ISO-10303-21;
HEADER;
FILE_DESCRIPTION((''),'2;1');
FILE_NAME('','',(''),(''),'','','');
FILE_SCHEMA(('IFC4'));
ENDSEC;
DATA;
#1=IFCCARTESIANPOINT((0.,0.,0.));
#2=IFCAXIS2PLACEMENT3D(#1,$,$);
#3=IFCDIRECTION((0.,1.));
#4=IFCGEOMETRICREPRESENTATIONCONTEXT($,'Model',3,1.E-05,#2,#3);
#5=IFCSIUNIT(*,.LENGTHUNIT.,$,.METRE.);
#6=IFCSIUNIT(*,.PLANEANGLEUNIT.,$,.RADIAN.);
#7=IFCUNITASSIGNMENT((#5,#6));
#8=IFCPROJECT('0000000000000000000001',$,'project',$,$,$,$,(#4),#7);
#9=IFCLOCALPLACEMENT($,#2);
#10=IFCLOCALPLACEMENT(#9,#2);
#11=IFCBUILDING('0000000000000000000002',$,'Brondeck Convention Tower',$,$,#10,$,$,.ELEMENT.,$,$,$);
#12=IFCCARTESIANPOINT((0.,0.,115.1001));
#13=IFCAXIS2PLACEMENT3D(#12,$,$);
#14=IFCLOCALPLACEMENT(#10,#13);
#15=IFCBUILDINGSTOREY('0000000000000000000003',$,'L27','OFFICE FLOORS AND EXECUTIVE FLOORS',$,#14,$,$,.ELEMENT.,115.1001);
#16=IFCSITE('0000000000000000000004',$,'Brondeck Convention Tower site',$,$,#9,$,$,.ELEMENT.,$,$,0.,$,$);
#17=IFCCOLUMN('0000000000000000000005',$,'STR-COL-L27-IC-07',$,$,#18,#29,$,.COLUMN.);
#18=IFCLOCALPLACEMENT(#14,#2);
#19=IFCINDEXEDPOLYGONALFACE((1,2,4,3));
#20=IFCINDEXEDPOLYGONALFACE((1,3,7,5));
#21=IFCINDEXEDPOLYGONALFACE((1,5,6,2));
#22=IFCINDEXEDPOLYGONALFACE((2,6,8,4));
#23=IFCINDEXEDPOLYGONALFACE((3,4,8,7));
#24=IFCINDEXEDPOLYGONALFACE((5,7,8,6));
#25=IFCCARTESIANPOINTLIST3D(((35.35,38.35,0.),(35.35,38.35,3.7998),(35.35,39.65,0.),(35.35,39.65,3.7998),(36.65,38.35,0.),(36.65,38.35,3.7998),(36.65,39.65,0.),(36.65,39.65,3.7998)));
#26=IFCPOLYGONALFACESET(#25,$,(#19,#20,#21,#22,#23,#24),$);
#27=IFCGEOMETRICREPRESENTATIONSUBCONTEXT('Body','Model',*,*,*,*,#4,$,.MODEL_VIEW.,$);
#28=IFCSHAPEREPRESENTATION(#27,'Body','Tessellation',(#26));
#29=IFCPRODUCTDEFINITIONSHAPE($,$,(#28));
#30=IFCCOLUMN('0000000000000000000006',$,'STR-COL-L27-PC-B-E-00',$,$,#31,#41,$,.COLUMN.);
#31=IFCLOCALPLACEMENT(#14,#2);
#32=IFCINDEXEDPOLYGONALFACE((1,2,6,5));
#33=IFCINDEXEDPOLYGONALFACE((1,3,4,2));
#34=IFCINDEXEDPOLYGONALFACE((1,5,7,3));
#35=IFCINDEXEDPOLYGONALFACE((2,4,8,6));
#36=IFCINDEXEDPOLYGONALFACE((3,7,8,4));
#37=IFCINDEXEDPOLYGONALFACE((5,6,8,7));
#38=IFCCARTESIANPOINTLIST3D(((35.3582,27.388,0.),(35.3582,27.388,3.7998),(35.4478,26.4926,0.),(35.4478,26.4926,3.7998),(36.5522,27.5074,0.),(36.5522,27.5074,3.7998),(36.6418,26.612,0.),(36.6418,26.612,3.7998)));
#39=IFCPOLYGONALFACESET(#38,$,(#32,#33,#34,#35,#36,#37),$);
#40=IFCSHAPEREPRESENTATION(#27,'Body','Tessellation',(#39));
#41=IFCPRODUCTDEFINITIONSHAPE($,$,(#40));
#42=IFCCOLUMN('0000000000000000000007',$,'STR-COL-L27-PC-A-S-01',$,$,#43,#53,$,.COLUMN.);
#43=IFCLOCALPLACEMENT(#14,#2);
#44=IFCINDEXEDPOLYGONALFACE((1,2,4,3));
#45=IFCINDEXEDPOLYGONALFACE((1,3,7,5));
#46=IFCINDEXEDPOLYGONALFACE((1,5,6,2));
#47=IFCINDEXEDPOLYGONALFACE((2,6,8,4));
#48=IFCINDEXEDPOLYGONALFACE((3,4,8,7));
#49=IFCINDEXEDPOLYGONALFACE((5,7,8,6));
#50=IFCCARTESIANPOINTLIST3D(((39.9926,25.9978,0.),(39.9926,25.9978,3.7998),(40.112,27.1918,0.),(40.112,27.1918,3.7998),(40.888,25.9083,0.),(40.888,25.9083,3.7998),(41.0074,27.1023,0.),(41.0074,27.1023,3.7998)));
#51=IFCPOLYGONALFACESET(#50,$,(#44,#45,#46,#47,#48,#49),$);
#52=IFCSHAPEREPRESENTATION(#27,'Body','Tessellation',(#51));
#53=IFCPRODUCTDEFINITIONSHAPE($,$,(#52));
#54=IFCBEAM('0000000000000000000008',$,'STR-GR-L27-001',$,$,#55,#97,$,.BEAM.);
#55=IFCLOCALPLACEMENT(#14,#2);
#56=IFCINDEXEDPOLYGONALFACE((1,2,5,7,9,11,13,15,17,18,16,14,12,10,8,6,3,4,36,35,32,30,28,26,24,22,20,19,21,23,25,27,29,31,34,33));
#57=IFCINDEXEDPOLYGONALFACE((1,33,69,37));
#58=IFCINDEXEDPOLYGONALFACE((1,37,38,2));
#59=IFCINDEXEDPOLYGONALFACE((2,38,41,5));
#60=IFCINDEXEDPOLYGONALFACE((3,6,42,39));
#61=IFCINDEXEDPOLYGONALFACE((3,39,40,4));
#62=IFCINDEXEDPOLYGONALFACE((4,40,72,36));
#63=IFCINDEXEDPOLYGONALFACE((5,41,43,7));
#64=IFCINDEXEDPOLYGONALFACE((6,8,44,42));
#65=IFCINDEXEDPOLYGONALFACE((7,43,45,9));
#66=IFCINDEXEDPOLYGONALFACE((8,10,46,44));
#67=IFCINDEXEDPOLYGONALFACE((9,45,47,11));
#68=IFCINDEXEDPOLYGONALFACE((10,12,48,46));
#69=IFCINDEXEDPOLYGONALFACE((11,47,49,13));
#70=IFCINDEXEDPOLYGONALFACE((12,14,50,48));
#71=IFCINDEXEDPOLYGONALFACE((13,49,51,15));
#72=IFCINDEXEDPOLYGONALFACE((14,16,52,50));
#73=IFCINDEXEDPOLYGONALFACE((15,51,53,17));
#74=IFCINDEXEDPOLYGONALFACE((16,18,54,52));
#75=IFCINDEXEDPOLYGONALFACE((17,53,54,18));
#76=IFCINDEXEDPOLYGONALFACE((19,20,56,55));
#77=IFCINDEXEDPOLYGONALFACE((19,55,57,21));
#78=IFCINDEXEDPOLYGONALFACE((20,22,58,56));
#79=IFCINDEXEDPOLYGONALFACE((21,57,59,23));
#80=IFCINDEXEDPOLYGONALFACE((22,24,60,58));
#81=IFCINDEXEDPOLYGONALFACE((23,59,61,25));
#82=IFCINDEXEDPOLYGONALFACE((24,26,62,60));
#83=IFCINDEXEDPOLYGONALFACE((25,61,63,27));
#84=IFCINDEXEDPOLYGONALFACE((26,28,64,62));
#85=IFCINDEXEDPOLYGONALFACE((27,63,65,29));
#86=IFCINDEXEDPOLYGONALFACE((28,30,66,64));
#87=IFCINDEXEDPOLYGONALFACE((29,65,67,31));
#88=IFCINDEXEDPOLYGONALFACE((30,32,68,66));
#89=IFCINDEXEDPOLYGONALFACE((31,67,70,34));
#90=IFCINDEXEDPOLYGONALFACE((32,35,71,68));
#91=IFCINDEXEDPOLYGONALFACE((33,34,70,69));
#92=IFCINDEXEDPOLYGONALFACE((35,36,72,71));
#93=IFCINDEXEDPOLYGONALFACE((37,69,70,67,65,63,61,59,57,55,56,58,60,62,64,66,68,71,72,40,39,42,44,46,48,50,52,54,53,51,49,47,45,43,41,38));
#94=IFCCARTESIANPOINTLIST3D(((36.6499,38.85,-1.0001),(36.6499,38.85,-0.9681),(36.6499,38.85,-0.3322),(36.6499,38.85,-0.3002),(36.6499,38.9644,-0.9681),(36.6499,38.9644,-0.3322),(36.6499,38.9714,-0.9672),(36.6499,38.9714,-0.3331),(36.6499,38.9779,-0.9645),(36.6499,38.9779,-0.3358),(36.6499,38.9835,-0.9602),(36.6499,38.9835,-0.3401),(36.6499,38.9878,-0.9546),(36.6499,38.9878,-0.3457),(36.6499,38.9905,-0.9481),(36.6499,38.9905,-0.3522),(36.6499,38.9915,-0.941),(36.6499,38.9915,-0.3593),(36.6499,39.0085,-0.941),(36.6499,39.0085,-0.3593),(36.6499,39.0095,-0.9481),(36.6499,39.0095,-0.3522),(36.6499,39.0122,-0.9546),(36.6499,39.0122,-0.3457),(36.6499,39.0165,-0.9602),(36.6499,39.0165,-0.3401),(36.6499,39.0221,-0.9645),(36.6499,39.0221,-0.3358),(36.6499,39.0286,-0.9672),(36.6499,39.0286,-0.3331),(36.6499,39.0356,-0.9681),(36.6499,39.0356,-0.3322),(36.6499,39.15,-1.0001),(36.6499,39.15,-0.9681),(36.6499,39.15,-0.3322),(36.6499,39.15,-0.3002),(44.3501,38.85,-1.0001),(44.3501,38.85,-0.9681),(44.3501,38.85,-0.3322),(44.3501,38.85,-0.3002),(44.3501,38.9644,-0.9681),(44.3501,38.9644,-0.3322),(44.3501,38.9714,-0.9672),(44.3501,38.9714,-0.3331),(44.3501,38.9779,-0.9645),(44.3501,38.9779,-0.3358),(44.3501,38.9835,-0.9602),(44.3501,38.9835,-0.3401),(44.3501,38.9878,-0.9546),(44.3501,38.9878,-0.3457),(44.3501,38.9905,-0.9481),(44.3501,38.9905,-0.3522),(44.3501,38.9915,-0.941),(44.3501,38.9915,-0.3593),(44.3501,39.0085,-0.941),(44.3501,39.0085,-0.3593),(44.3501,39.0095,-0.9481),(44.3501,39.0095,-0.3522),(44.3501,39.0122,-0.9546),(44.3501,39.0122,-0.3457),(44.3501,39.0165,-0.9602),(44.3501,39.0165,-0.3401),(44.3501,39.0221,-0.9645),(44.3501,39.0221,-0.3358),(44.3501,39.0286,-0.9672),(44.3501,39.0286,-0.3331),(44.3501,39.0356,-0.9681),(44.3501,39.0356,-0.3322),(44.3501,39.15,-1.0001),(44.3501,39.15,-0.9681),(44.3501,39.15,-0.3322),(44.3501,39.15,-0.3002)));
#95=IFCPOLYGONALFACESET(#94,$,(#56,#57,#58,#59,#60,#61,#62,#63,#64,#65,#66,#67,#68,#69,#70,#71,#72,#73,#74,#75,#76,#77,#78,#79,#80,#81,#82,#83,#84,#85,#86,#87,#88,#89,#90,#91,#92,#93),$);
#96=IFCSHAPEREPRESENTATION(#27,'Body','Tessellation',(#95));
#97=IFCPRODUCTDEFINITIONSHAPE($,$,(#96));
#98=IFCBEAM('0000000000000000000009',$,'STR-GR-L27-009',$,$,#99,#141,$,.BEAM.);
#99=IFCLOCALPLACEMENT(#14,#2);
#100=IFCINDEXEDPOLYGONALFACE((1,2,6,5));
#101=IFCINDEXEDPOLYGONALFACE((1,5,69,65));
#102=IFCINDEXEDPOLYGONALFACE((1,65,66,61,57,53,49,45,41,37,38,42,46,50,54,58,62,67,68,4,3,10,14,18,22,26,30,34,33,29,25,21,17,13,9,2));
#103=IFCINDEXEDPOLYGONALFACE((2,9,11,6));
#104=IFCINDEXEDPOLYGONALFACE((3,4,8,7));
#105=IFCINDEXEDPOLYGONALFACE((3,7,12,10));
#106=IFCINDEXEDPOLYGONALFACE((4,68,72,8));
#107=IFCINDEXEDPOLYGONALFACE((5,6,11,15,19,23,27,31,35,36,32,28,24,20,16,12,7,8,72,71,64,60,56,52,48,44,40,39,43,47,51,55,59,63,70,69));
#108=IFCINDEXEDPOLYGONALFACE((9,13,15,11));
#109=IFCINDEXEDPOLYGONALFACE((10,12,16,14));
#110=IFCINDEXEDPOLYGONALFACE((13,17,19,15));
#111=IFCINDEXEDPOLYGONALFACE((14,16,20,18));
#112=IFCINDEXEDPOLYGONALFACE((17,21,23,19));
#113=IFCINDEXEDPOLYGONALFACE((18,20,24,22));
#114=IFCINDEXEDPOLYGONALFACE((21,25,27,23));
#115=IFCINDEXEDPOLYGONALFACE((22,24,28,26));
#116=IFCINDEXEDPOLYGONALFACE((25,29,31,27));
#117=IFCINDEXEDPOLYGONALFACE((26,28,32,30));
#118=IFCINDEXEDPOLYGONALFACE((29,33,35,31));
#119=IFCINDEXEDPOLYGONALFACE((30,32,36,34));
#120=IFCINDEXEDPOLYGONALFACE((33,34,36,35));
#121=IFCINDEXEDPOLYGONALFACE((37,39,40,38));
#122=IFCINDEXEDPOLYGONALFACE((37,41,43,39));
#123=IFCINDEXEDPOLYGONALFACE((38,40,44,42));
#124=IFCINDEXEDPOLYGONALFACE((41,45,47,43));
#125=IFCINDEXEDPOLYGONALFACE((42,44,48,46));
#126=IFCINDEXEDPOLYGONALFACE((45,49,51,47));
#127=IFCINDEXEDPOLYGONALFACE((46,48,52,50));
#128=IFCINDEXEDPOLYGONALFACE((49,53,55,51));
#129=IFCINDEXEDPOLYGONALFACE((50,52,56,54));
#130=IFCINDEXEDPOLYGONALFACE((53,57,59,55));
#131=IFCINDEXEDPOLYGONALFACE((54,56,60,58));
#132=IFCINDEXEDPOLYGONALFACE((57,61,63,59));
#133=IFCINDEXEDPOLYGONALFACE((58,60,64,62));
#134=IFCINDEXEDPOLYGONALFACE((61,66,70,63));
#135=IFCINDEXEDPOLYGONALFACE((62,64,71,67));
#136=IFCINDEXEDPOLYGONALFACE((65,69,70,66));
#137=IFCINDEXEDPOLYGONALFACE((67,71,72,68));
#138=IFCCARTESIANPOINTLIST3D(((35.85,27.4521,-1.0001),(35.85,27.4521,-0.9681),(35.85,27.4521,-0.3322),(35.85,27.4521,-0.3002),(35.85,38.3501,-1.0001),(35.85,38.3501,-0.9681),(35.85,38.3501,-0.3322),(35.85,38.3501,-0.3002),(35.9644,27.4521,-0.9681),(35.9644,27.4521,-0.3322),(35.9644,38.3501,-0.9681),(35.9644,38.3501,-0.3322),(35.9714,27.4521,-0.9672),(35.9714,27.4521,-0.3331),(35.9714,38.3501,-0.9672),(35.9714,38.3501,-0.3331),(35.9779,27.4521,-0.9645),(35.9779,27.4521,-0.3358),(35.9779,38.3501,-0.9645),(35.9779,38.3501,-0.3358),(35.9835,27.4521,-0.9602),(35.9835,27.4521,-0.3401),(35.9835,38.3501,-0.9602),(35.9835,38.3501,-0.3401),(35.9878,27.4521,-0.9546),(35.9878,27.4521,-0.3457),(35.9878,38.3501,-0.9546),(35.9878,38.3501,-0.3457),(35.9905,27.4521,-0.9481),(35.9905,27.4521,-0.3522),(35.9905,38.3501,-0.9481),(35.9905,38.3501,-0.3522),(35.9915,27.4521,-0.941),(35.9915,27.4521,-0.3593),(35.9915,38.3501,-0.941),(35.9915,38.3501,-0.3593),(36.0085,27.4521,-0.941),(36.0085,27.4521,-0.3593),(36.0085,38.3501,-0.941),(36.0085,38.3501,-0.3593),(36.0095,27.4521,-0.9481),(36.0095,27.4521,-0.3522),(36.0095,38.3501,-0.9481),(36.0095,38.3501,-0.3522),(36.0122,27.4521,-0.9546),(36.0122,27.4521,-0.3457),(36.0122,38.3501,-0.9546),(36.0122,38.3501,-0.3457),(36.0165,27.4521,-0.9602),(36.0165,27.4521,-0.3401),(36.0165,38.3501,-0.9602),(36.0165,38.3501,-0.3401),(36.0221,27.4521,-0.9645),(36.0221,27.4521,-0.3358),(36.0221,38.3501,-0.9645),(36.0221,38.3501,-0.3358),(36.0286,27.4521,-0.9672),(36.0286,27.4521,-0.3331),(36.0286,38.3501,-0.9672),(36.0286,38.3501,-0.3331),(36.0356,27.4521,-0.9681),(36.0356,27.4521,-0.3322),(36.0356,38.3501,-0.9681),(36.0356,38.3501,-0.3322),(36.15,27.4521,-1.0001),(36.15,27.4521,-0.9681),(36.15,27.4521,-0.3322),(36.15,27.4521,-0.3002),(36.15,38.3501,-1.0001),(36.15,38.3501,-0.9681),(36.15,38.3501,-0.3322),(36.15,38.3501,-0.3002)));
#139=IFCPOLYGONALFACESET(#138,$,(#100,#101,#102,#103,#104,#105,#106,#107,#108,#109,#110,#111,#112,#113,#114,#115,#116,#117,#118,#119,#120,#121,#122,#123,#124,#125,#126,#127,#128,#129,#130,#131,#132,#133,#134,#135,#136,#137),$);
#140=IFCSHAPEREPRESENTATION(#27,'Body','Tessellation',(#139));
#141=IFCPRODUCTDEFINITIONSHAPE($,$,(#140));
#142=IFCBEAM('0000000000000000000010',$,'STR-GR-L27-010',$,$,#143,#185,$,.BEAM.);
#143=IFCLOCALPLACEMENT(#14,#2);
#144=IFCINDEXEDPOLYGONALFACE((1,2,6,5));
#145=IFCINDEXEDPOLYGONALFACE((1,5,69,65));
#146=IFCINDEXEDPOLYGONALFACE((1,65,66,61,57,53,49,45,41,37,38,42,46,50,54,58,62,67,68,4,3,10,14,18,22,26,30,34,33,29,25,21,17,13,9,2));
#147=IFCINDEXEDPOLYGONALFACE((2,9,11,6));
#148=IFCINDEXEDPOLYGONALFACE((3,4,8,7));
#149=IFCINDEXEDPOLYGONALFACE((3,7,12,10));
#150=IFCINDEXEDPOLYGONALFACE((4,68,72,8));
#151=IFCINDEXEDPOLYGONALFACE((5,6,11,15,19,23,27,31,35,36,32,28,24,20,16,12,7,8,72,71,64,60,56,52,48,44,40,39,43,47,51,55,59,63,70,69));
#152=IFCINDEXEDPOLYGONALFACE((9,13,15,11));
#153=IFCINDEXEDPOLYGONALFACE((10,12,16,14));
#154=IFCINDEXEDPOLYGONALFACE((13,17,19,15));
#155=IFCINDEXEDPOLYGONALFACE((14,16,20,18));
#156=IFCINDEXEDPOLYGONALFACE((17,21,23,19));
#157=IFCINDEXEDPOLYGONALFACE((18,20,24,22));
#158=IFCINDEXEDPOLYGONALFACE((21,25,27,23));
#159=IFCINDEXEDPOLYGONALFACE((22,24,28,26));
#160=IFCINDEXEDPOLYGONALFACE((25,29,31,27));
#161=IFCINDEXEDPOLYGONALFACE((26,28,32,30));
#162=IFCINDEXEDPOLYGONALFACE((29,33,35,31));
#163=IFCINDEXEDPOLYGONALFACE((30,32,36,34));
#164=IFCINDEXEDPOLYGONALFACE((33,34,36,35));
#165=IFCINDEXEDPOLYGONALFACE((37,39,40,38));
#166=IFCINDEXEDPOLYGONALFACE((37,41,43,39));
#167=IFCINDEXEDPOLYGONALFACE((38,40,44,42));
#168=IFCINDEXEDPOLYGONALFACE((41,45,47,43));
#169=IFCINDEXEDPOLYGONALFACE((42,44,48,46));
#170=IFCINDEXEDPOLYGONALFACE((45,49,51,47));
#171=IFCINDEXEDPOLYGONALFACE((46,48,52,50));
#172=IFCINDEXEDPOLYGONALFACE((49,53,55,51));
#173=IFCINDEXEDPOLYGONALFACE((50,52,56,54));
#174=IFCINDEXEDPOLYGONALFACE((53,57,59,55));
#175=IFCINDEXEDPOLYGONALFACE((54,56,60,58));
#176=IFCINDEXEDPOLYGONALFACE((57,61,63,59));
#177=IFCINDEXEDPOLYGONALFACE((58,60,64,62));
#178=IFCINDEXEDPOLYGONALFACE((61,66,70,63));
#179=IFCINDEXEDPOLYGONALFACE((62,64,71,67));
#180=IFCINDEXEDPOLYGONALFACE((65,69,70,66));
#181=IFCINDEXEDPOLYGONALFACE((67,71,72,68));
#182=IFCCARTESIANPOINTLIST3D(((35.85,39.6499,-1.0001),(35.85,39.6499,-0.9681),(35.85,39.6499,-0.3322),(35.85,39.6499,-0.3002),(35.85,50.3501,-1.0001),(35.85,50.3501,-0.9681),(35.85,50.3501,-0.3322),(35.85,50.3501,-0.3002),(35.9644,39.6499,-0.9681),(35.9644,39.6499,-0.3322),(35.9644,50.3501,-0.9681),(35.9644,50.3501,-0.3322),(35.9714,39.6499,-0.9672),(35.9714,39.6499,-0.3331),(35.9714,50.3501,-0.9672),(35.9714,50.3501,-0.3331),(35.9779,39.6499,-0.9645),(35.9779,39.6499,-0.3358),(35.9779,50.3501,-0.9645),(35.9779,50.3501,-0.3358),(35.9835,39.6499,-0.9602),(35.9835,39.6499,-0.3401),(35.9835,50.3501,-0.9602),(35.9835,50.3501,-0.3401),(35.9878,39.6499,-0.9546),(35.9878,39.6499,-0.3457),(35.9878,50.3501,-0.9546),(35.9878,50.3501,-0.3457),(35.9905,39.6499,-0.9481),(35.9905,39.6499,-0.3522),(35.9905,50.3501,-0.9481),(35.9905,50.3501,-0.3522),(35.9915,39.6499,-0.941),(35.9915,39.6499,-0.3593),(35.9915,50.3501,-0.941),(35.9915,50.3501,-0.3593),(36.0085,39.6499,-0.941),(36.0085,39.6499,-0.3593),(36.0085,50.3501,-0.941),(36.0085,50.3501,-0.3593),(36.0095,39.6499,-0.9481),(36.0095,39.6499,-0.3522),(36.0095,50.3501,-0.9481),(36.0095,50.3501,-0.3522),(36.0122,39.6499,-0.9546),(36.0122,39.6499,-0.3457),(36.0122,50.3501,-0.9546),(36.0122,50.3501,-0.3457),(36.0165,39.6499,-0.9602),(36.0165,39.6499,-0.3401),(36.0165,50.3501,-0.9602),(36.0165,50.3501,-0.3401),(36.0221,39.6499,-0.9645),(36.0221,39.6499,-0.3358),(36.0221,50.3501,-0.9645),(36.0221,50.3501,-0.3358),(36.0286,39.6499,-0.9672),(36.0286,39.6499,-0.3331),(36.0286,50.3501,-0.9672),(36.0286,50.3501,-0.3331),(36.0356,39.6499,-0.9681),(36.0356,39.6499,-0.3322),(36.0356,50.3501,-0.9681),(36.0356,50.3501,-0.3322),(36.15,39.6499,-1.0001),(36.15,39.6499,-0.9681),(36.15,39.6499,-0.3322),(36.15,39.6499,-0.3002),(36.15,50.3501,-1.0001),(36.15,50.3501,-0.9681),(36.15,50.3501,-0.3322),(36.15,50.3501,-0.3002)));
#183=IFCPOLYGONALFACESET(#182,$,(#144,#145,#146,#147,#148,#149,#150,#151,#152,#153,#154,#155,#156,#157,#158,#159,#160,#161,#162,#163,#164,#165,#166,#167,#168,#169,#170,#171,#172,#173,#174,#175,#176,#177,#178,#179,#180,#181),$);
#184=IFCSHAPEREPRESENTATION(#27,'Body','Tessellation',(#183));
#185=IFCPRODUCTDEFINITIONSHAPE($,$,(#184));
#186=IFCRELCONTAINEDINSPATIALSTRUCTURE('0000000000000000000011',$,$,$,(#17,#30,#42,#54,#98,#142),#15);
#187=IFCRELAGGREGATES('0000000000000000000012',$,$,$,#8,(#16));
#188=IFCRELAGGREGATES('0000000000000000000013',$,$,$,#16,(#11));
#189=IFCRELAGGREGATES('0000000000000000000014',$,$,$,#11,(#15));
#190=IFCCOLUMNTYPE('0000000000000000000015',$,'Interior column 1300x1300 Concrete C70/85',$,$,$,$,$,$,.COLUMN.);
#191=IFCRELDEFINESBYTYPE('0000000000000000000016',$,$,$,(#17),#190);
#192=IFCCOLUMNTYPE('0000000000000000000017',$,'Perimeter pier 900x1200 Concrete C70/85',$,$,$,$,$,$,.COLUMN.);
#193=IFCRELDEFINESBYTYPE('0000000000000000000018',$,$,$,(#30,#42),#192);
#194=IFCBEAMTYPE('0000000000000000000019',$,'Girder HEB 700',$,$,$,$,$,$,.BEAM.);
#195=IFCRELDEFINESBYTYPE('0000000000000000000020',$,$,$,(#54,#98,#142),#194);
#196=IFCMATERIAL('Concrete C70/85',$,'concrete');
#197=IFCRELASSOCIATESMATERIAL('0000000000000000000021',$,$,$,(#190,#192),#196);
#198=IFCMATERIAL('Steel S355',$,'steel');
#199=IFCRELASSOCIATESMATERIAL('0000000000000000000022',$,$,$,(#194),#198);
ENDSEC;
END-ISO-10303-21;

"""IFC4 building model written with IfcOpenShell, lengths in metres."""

from ifc_helpers import new_model, si_unit, direction, frame, origin, origin_2d, place, context, subcontext, project, spatial, rectangle, i_section, extrude, material, material_profile, profile_set, type_object, element, save


model = new_model("IFC4")

# Units and contexts
model_context = context("Model", 3, precision=1e-05, world=origin(), true_north=direction((0.0, 1.0)))
body_context = subcontext(model_context, "Body", "Model", "MODEL_VIEW")
ifc_project = project(units=[si_unit("LENGTHUNIT", "METRE"), si_unit("PLANEANGLEUNIT", "RADIAN")], contexts=[model_context])

# Site, building, storey
site_placement = place(None, origin())
site = spatial("IfcSite", under=ifc_project, at=site_placement, Name="Brondeck Convention Tower site", CompositionType="ELEMENT", RefElevation=0.0)
building_placement = place(site_placement, origin())
building = spatial("IfcBuilding", under=site, at=building_placement, Name="Brondeck Convention Tower", CompositionType="ELEMENT")
storey_placement = place(building_placement, frame((0.0, 0.0, 115.1001)))
storey = spatial("IfcBuildingStorey", under=building, at=storey_placement, Name="L27", Description="OFFICE FLOORS AND EXECUTIVE FLOORS", CompositionType="ELEMENT", Elevation=115.1001)

# Columns
ifc_material_1 = material(Name="Concrete C70/85", Category="concrete")
ifc_material_profile_1 = material_profile(ifc_material_1, rectangle(XDim=1.3, YDim=1.3, at=origin_2d()), Name="Interior column 1300x1300 Concrete C70/85")
ifc_profile_set_1 = profile_set([ifc_material_profile_1], Name="Concrete C70/85")
column_type_1 = type_object("IfcColumnType", Name="Interior column 1300x1300 Concrete C70/85", PredefinedType="COLUMN", material=ifc_profile_set_1)
column_placement = place(storey_placement, frame((36.0, 39.0, 0.0), z_axis=(0.0, 0.0, 1.0), x_axis=(1.0, 0.0, 0.0)))
element("IfcColumn", 1, at=column_placement, inside=storey, type_object=column_type_1, Name="STR-COL-L27-IC-07", PredefinedType="COLUMN", context=body_context, shape_type="SweptSolid", body=[
    extrude(rectangle(XDim=1.3, YDim=1.3, at=origin_2d()), origin(), (0.0, 0.0, 1.0), 3.7998),
])
ifc_material_profile_2 = material_profile(ifc_material_1, rectangle(XDim=0.8999, YDim=1.2, at=origin_2d()), Name="Perimeter pier 900x1200 Concrete C70/85")
ifc_profile_set_2 = profile_set([ifc_material_profile_2], Name="Concrete C70/85")
column_type_2 = type_object("IfcColumnType", Name="Perimeter pier 900x1200 Concrete C70/85", PredefinedType="COLUMN", material=ifc_profile_set_2)
for number, where, z_axis, x_axis, name in (
    (2, (36.0, 27.0, 0.0), (0.0, 0.0, 1.0), (-0.099504, 0.995037, 0.0), "STR-COL-L27-PC-B-E-00"),
    (3, (40.5, 26.55, 0.0), (0.0, 0.0, 1.0), (0.995037, -0.099504, 0.0), "STR-COL-L27-PC-A-S-01"),
):
    element("IfcColumn", number, at=place(storey_placement, frame(where, z_axis=z_axis, x_axis=x_axis)), inside=storey, type_object=column_type_2, Name=name, PredefinedType="COLUMN", context=body_context, shape_type="SweptSolid", body=[
        extrude(rectangle(XDim=0.8999, YDim=1.2, at=origin_2d()), origin(), (0.0, 0.0, 1.0), 3.7998),
    ])

# Beams
ifc_material_2 = material(Name="Steel S355", Category="steel")
ifc_material_profile_3 = material_profile(ifc_material_2, i_section(OverallWidth=0.3, OverallDepth=0.7, WebThickness=0.0171, FlangeThickness=0.032, FilletRadius=0.0271, at=origin_2d()), Name="HEB 700")
ifc_profile_set_3 = profile_set([ifc_material_profile_3], Name="Steel S355")
beam_type_1 = type_object("IfcBeamType", Name="Girder HEB 700", PredefinedType="BEAM", material=ifc_profile_set_3)
beam_1_placement = place(storey_placement, frame((36.6499, 39.0, -0.6501), z_axis=(1.0, 0.0, 0.0), x_axis=(0.0, 1.0, 0.0)))
element("IfcBeam", 4, at=beam_1_placement, inside=storey, type_object=beam_type_1, Name="STR-GR-L27-001", PredefinedType="BEAM", context=body_context, shape_type="SweptSolid", body=[
    extrude(i_section(OverallWidth=0.3, OverallDepth=0.7, WebThickness=0.0171, FlangeThickness=0.032, FilletRadius=0.0271, at=origin_2d()), origin(), (0.0, 0.0, 1.0), 7.7002),
])
beam_2_placement = place(storey_placement, frame((36.0, 27.4521, -0.6501), z_axis=(0.0, 1.0, 0.0), x_axis=(-1.0, 0.0, 0.0)))
element("IfcBeam", 5, at=beam_2_placement, inside=storey, type_object=beam_type_1, Name="STR-GR-L27-009", PredefinedType="BEAM", context=body_context, shape_type="SweptSolid", body=[
    extrude(i_section(OverallWidth=0.3, OverallDepth=0.7, WebThickness=0.0171, FlangeThickness=0.032, FilletRadius=0.0271, at=origin_2d()), origin(), (0.0, 0.0, 1.0), 10.8979),
])
beam_3_placement = place(storey_placement, frame((36.0, 39.6499, -0.6501), z_axis=(0.0, 1.0, 0.0), x_axis=(-1.0, 0.0, 0.0)))
element("IfcBeam", 6, at=beam_3_placement, inside=storey, type_object=beam_type_1, Name="STR-GR-L27-010", PredefinedType="BEAM", context=body_context, shape_type="SweptSolid", body=[
    extrude(i_section(OverallWidth=0.3, OverallDepth=0.7, WebThickness=0.0171, FlangeThickness=0.032, FilletRadius=0.0271, at=origin_2d()), origin(), (0.0, 0.0, 1.0), 10.7002),
])

save(model, "model.ifc")
